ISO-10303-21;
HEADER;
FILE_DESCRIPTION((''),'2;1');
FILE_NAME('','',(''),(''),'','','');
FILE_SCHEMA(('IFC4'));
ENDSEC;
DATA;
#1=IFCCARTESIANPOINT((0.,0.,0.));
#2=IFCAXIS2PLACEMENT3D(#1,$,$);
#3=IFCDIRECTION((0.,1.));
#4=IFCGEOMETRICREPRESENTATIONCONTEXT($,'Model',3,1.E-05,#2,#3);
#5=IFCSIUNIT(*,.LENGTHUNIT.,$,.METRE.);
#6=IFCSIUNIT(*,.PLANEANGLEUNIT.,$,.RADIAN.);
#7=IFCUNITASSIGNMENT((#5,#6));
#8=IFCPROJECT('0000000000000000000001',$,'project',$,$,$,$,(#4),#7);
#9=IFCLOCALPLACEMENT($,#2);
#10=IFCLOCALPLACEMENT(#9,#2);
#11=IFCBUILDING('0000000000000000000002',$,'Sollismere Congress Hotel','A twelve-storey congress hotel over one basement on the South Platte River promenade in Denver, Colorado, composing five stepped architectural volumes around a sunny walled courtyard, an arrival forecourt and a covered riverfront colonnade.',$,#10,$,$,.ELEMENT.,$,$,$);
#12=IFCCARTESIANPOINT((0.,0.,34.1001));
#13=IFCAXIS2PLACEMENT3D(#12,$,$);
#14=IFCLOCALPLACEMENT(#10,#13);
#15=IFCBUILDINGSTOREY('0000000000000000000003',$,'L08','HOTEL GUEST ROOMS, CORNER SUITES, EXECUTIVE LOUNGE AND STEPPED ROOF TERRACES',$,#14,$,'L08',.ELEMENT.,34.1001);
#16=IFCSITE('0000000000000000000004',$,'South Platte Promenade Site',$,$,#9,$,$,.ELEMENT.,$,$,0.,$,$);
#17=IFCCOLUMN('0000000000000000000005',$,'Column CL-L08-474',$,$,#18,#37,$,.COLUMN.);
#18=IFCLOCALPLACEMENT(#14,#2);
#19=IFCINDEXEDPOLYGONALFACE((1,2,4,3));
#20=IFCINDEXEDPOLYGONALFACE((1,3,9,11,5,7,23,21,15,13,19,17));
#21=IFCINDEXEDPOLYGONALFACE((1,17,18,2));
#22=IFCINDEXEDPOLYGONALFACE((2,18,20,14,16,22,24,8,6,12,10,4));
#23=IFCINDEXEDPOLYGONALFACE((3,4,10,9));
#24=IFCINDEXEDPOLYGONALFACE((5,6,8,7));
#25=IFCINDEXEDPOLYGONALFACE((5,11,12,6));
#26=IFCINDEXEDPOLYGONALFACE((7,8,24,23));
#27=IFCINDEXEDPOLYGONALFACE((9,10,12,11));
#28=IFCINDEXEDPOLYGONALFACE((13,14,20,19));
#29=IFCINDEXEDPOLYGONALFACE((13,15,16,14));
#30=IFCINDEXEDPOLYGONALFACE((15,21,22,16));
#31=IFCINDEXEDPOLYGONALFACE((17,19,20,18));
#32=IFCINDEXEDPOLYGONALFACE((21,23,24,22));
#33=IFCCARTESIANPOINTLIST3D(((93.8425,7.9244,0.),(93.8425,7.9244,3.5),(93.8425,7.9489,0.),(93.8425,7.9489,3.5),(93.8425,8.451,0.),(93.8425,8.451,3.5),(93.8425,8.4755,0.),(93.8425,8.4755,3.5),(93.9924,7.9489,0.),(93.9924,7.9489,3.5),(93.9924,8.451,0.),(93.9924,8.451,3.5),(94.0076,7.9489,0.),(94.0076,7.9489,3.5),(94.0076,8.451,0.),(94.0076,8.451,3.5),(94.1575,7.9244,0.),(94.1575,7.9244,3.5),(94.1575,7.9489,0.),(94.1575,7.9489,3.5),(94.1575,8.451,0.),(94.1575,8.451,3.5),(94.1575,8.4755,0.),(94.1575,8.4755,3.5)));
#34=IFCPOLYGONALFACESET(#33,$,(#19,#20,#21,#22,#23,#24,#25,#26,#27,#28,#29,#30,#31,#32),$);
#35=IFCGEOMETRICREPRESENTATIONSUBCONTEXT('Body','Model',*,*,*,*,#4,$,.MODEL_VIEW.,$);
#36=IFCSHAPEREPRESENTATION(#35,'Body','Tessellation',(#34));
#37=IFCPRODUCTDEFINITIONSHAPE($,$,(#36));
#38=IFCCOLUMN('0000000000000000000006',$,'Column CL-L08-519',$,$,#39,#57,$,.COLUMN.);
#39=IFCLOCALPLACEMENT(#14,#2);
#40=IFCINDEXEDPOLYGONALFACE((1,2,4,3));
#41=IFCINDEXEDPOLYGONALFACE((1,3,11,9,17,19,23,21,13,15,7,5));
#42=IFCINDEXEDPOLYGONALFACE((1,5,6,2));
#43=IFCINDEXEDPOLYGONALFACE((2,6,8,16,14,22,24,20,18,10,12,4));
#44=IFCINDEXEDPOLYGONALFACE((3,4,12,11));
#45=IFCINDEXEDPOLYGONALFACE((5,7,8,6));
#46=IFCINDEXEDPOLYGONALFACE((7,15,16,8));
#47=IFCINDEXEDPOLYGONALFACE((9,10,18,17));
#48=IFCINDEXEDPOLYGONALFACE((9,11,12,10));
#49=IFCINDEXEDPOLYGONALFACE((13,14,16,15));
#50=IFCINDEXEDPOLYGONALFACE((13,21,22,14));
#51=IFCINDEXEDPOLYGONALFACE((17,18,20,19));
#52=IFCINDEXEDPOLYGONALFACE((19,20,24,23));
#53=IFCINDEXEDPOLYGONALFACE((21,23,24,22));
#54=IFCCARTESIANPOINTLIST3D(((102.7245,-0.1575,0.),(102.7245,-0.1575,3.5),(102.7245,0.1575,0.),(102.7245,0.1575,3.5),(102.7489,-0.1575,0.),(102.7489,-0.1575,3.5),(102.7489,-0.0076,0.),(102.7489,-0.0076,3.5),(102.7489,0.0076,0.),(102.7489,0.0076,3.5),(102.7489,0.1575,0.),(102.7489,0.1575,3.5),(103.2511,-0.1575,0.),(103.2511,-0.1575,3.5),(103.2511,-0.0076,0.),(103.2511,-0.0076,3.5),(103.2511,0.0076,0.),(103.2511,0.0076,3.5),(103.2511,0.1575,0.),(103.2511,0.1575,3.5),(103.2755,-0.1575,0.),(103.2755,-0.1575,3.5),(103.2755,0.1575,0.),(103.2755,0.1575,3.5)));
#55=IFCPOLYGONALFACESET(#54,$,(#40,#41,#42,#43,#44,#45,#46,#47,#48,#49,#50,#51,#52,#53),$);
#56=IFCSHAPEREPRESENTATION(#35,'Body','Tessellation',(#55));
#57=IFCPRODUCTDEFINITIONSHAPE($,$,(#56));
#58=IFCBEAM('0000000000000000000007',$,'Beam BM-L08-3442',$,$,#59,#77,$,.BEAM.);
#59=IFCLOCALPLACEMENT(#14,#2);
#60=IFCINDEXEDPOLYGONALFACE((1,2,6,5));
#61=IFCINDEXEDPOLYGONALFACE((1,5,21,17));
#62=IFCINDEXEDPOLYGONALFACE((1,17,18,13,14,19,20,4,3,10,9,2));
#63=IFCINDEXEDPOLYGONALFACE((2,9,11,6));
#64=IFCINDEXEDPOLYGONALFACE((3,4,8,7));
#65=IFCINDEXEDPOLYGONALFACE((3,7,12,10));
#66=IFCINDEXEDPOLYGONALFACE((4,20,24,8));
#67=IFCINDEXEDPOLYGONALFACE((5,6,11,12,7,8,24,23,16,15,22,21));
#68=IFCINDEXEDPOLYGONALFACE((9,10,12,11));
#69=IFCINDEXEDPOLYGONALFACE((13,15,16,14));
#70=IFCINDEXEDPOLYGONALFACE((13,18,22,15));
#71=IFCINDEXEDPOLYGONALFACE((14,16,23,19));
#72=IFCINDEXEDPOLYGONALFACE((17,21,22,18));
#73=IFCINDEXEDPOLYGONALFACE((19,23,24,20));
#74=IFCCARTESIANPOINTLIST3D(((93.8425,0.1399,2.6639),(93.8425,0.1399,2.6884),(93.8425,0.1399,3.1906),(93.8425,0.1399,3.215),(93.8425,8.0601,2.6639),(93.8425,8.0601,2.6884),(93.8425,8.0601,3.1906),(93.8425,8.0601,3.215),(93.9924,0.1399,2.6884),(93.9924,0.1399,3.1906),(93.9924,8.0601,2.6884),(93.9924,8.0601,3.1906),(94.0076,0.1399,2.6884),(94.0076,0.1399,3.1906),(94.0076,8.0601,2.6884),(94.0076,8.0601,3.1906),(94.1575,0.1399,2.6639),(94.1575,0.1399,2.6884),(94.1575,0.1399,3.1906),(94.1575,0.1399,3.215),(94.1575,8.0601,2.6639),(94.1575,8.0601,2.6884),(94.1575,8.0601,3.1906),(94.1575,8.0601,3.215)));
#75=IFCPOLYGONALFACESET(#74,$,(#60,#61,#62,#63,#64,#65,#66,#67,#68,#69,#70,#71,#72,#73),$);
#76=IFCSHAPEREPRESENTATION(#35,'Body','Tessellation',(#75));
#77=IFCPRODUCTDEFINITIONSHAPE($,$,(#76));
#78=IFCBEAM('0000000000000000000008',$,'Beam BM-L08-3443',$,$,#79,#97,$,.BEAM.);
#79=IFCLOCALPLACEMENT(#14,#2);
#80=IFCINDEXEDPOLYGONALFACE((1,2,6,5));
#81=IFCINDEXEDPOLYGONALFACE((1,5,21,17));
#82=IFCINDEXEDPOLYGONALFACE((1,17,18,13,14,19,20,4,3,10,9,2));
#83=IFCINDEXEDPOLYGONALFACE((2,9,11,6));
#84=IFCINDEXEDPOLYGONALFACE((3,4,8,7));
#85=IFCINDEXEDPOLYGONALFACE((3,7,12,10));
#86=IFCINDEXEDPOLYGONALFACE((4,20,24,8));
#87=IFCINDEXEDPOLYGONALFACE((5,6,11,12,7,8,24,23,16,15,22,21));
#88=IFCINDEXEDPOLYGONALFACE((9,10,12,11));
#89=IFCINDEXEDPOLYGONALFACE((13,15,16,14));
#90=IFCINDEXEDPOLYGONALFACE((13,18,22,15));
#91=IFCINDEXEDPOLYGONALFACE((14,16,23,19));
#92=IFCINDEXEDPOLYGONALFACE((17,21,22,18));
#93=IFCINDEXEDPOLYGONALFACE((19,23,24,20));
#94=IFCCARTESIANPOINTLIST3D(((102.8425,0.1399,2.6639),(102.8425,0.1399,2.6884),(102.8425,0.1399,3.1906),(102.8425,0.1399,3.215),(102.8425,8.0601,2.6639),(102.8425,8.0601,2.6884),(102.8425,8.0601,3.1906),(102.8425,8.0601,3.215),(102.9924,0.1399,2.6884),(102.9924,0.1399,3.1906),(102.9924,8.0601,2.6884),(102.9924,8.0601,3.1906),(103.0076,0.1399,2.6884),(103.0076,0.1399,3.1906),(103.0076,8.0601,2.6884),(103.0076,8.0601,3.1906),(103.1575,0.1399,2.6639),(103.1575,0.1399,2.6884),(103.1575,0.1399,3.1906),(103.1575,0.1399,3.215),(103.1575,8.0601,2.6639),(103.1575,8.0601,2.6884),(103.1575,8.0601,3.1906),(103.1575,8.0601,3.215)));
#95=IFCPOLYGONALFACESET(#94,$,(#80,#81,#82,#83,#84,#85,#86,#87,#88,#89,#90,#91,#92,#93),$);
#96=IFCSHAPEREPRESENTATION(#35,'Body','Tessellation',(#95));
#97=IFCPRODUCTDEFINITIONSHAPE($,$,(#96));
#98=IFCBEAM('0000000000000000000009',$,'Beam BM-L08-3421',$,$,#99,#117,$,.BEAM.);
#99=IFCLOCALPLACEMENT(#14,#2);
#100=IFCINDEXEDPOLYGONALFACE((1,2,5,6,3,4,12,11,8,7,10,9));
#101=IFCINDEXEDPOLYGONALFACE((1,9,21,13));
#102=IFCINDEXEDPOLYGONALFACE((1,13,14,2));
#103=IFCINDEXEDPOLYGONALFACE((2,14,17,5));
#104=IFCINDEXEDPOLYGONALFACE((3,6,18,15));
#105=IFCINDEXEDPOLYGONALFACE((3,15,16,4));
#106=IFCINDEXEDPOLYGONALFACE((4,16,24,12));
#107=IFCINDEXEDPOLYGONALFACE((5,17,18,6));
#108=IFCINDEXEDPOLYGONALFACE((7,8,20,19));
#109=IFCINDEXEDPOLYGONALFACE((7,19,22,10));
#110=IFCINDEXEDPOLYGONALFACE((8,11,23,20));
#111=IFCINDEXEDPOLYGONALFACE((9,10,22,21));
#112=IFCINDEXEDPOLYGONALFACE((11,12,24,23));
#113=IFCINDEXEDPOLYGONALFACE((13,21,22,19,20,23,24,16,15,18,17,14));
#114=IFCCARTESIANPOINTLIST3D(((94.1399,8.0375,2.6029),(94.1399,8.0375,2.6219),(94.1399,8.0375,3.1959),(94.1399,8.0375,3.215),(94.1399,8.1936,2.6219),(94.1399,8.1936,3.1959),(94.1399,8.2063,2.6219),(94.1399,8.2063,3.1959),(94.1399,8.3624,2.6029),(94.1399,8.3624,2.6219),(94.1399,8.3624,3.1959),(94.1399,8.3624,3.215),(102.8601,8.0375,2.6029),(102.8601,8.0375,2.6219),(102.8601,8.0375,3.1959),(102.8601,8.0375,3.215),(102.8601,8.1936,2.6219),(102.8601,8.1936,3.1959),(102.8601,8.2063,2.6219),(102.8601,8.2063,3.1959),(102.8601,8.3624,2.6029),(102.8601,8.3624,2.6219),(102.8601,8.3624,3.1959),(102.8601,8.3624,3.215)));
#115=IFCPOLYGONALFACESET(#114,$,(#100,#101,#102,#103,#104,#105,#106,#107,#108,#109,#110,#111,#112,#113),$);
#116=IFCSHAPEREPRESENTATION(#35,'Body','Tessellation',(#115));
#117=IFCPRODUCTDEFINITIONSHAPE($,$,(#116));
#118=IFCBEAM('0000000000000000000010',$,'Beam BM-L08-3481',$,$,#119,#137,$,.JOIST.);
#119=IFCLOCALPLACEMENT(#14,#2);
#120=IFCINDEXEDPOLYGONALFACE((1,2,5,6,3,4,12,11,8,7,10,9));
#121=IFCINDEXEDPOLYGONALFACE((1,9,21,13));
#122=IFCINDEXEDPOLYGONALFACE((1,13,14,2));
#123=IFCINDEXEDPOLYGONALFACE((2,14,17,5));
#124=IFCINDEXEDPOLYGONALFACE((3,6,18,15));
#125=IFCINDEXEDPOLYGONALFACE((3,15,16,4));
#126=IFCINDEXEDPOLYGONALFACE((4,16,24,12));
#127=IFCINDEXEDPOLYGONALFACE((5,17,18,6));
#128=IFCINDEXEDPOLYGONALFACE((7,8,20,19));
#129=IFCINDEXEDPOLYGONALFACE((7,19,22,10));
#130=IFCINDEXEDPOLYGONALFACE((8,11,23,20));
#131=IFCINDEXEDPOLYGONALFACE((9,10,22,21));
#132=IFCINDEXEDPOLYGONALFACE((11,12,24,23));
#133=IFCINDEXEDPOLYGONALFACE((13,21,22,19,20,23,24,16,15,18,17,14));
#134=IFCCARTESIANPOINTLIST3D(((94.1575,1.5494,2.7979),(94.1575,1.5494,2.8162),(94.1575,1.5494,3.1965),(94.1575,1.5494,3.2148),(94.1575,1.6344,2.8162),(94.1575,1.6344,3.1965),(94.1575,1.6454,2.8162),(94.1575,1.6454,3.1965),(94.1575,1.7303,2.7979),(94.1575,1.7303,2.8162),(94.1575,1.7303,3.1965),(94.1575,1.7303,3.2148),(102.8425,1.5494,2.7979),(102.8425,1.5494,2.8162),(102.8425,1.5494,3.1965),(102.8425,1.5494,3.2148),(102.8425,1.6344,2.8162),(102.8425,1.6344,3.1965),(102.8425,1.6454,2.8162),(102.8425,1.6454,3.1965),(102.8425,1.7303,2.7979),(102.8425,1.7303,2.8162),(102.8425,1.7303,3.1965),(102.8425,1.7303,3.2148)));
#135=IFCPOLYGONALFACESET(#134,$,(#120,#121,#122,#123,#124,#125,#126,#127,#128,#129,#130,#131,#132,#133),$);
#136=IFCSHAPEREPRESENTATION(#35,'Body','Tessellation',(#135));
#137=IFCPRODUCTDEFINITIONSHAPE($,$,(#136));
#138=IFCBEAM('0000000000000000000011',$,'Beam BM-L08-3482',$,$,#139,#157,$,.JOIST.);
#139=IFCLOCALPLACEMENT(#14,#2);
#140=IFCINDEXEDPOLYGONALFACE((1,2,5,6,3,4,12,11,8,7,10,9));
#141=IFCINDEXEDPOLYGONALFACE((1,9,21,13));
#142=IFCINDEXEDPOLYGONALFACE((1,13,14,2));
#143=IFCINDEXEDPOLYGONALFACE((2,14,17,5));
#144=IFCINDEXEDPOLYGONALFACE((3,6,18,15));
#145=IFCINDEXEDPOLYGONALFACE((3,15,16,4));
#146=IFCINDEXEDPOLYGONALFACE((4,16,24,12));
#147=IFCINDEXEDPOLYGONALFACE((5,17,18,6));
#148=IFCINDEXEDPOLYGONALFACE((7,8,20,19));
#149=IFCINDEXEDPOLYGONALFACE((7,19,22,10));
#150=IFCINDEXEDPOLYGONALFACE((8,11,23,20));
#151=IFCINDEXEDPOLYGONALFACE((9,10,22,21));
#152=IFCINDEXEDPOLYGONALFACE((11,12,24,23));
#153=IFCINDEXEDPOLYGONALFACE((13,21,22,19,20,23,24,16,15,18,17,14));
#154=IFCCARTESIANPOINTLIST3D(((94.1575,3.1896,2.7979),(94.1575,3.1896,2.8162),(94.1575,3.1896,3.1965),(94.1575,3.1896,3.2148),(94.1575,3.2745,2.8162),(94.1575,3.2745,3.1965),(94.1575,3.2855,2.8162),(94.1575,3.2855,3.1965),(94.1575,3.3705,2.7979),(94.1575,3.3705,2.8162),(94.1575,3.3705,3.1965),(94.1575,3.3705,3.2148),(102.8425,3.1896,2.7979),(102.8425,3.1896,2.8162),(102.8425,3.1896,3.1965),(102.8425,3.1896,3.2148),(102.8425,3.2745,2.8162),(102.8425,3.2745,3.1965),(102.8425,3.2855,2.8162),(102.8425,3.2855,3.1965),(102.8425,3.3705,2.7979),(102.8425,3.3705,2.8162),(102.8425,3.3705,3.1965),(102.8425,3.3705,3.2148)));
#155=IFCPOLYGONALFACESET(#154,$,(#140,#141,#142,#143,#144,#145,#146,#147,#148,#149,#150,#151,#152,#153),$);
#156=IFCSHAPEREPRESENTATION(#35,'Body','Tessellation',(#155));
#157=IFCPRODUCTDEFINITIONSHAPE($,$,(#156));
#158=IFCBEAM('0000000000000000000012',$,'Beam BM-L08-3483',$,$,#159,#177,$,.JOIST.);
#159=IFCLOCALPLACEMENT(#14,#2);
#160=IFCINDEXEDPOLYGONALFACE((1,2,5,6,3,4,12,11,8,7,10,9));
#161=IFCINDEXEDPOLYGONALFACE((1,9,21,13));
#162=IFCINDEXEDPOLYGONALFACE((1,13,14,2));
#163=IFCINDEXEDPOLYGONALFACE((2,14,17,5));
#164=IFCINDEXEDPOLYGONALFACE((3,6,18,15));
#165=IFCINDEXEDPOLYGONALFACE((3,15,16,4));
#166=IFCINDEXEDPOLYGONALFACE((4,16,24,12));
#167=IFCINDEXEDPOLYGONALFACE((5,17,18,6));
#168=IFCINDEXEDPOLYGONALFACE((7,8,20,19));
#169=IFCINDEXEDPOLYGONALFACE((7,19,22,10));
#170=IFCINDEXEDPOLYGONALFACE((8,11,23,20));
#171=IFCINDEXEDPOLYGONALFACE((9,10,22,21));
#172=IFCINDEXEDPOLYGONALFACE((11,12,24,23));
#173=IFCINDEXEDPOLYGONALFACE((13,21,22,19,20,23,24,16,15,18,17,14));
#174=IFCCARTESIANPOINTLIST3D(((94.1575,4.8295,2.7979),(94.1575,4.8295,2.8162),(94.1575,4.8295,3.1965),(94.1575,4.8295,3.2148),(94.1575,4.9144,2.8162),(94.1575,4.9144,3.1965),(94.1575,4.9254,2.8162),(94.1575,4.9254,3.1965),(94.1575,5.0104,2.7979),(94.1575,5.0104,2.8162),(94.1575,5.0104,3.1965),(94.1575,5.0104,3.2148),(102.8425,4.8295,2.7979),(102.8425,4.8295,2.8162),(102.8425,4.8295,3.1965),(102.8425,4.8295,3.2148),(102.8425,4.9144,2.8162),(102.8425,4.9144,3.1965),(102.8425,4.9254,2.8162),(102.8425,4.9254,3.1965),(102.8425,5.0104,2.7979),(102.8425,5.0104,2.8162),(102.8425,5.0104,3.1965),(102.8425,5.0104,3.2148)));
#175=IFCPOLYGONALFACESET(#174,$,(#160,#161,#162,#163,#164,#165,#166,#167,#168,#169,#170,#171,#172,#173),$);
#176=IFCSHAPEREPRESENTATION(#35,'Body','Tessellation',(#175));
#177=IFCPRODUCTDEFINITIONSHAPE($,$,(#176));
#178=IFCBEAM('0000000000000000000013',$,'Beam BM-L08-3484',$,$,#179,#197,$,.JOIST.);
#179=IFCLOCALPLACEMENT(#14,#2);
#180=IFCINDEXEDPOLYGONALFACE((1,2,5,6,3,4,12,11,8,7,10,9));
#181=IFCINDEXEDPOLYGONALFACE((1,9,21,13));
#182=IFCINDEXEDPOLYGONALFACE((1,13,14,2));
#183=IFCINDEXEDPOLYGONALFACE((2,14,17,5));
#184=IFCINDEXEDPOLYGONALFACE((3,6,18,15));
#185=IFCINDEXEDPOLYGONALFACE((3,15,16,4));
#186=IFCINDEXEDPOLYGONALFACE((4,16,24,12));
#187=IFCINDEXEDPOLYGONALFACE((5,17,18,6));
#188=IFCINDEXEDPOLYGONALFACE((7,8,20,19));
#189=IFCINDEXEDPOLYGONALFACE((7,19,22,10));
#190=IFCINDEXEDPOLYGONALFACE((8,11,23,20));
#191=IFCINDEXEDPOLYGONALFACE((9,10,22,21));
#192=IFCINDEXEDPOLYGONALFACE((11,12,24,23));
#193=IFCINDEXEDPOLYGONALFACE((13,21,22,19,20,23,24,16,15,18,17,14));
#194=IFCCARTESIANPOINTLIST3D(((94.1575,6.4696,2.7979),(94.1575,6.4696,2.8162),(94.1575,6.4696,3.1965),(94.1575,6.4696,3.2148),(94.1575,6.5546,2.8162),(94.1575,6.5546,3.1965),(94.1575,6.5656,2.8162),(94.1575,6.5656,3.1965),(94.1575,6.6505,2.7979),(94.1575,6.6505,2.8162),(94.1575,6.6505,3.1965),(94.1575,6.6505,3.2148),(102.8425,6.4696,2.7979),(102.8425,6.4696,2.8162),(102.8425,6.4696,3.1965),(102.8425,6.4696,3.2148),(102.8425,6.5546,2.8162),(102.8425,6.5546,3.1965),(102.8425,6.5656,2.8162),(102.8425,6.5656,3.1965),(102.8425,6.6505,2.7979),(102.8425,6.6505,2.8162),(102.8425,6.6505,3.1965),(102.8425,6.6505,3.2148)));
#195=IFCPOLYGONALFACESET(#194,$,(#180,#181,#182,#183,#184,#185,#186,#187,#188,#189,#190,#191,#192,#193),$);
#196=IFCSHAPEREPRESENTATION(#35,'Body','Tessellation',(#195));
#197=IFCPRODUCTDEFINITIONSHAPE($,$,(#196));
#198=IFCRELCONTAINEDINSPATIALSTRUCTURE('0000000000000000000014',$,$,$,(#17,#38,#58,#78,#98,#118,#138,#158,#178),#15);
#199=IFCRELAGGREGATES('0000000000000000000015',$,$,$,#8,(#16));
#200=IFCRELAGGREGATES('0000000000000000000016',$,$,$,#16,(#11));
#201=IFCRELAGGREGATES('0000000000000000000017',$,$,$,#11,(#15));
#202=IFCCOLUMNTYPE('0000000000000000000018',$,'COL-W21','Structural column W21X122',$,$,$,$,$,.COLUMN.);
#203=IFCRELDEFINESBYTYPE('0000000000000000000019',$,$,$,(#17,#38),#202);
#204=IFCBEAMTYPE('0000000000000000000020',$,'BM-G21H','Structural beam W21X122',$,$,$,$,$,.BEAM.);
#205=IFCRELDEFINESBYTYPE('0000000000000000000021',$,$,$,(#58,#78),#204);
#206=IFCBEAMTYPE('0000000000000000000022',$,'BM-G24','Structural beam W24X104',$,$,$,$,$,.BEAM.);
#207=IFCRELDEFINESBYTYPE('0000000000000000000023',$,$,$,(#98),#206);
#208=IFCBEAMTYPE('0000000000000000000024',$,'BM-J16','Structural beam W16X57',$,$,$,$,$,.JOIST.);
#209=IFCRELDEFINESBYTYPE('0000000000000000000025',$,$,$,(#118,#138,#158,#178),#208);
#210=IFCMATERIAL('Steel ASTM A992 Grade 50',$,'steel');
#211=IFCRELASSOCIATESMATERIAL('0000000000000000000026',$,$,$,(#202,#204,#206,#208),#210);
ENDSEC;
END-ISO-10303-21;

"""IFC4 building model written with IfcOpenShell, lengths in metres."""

from ifc_helpers import new_model, si_unit, direction, frame, origin, origin_2d, place, context, subcontext, project, spatial, i_section, extrude, material, material_profile, profile_set, type_object, element, save


model = new_model("IFC4")

# Units and contexts
model_context = context("Model", 3, precision=1e-05, world=origin(), true_north=direction((0.0, 1.0)))
body_context = subcontext(model_context, "Body", "Model", "MODEL_VIEW")
ifc_project = project(units=[si_unit("LENGTHUNIT", "METRE"), si_unit("PLANEANGLEUNIT", "RADIAN")], contexts=[model_context])

# Site, building, storey
site_placement = place(None, origin())
site = spatial("IfcSite", under=ifc_project, at=site_placement, Name="South Platte Promenade Site", CompositionType="ELEMENT", RefElevation=0.0)
building_placement = place(site_placement, origin())
building = spatial("IfcBuilding", under=site, at=building_placement, Name="Sollismere Congress Hotel", Description="A twelve-storey congress hotel over one basement on the South Platte River promenade in Denver, Colorado, composing five stepped architectural volumes around a sunny walled courtyard, an arrival forecourt and a covered riverfront colonnade.", CompositionType="ELEMENT")
storey_placement = place(building_placement, frame((0.0, 0.0, 34.1001)))
storey = spatial("IfcBuildingStorey", under=building, at=storey_placement, Name="L08", Description="HOTEL GUEST ROOMS, CORNER SUITES, EXECUTIVE LOUNGE AND STEPPED ROOF TERRACES", LongName="L08", CompositionType="ELEMENT", Elevation=34.1001)

# Columns
ifc_material_1 = material(Name="Steel ASTM A992 Grade 50", Category="steel")
ifc_material_profile_1 = material_profile(ifc_material_1, i_section(OverallWidth=0.3149, OverallDepth=0.551, WebThickness=0.0151, FlangeThickness=0.0244, at=origin_2d()), Name="W21X122")
ifc_profile_set_1 = profile_set([ifc_material_profile_1], Name="Steel ASTM A992 Grade 50")
column_type = type_object("IfcColumnType", Name="COL-W21", Description="Structural column W21X122", PredefinedType="COLUMN", material=ifc_profile_set_1)
for number, where, z_axis, x_axis, name in (
    (1, (94.0, 8.2, 0.0), (0.0, 0.0, 1.0), (1.0, 0.0, 0.0), "Column CL-L08-474"),
    (2, (103.0, 0.0, 0.0), (0.0, 0.0, 1.0), (0.0, 1.0, 0.0), "Column CL-L08-519"),
):
    element("IfcColumn", number, at=place(storey_placement, frame(where, z_axis=z_axis, x_axis=x_axis)), inside=storey, type_object=column_type, Name=name, PredefinedType="COLUMN", context=body_context, shape_type="SweptSolid", body=[
        extrude(i_section(OverallWidth=0.3149, OverallDepth=0.551, WebThickness=0.0151, FlangeThickness=0.0244, at=origin_2d()), origin(), (0.0, 0.0, 1.0), 3.5),
    ])

# Beams
ifc_material_profile_2 = material_profile(ifc_material_1, i_section(OverallWidth=0.3149, OverallDepth=0.551, WebThickness=0.0151, FlangeThickness=0.0244, at=origin_2d()), Name="W21X122")
ifc_profile_set_2 = profile_set([ifc_material_profile_2], Name="Steel ASTM A992 Grade 50")
beam_type_1 = type_object("IfcBeamType", Name="BM-G21H", Description="Structural beam W21X122", PredefinedType="BEAM", material=ifc_profile_set_2)
for number, where, z_axis, x_axis, name in (
    (3, (94.0, 0.1399, 2.9395), (0.0, 1.0, 0.0), (-1.0, 0.0, 0.0), "Beam BM-L08-3442"),
    (4, (103.0, 0.1399, 2.9395), (0.0, 1.0, 0.0), (-1.0, 0.0, 0.0), "Beam BM-L08-3443"),
):
    element("IfcBeam", number, at=place(storey_placement, frame(where, z_axis=z_axis, x_axis=x_axis)), inside=storey, type_object=beam_type_1, Name=name, PredefinedType="BEAM", context=body_context, shape_type="SweptSolid", body=[
        extrude(i_section(OverallWidth=0.3149, OverallDepth=0.551, WebThickness=0.0151, FlangeThickness=0.0244, at=origin_2d()), origin(), (0.0, 0.0, 1.0), 7.9202),
    ])
ifc_material_profile_3 = material_profile(ifc_material_1, i_section(OverallWidth=0.325, OverallDepth=0.6121, WebThickness=0.0127, FlangeThickness=0.019, at=origin_2d()), Name="W24X104")
ifc_profile_set_3 = profile_set([ifc_material_profile_3], Name="Steel ASTM A992 Grade 50")
beam_type_2 = type_object("IfcBeamType", Name="BM-G24", Description="Structural beam W24X104", PredefinedType="BEAM", material=ifc_profile_set_3)
beam_placement = place(storey_placement, frame((94.1399, 8.2, 2.9089), z_axis=(1.0, 0.0, 0.0), x_axis=(0.0, 1.0, 0.0)))
element("IfcBeam", 5, at=beam_placement, inside=storey, type_object=beam_type_2, Name="Beam BM-L08-3421", PredefinedType="BEAM", context=body_context, shape_type="SweptSolid", body=[
    extrude(i_section(OverallWidth=0.325, OverallDepth=0.6121, WebThickness=0.0127, FlangeThickness=0.019, at=origin_2d()), origin(), (0.0, 0.0, 1.0), 8.7202),
])
ifc_material_profile_4 = material_profile(ifc_material_1, i_section(OverallWidth=0.1809, OverallDepth=0.417, WebThickness=0.011, FlangeThickness=0.0183, at=origin_2d()), Name="W16X57")
ifc_profile_set_4 = profile_set([ifc_material_profile_4], Name="Steel ASTM A992 Grade 50")
beam_type_3 = type_object("IfcBeamType", Name="BM-J16", Description="Structural beam W16X57", PredefinedType="JOIST", material=ifc_profile_set_4)
for number, where, z_axis, x_axis, name in (
    (6, (94.1575, 1.6399, 3.0063), (1.0, 0.0, 0.0), (0.0, 1.0, 0.0), "Beam BM-L08-3481"),
    (7, (94.1575, 3.28, 3.0063), (1.0, 0.0, 0.0), (0.0, 1.0, 0.0), "Beam BM-L08-3482"),
    (8, (94.1575, 4.9199, 3.0063), (1.0, 0.0, 0.0), (0.0, 1.0, 0.0), "Beam BM-L08-3483"),
    (9, (94.1575, 6.5601, 3.0063), (1.0, 0.0, 0.0), (0.0, 1.0, 0.0), "Beam BM-L08-3484"),
):
    element("IfcBeam", number, at=place(storey_placement, frame(where, z_axis=z_axis, x_axis=x_axis)), inside=storey, type_object=beam_type_3, Name=name, PredefinedType="JOIST", context=body_context, shape_type="SweptSolid", body=[
        extrude(i_section(OverallWidth=0.1809, OverallDepth=0.417, WebThickness=0.011, FlangeThickness=0.0183, at=origin_2d()), origin(), (0.0, 0.0, 1.0), 8.6851),
    ])

save(model, "model.ifc")
